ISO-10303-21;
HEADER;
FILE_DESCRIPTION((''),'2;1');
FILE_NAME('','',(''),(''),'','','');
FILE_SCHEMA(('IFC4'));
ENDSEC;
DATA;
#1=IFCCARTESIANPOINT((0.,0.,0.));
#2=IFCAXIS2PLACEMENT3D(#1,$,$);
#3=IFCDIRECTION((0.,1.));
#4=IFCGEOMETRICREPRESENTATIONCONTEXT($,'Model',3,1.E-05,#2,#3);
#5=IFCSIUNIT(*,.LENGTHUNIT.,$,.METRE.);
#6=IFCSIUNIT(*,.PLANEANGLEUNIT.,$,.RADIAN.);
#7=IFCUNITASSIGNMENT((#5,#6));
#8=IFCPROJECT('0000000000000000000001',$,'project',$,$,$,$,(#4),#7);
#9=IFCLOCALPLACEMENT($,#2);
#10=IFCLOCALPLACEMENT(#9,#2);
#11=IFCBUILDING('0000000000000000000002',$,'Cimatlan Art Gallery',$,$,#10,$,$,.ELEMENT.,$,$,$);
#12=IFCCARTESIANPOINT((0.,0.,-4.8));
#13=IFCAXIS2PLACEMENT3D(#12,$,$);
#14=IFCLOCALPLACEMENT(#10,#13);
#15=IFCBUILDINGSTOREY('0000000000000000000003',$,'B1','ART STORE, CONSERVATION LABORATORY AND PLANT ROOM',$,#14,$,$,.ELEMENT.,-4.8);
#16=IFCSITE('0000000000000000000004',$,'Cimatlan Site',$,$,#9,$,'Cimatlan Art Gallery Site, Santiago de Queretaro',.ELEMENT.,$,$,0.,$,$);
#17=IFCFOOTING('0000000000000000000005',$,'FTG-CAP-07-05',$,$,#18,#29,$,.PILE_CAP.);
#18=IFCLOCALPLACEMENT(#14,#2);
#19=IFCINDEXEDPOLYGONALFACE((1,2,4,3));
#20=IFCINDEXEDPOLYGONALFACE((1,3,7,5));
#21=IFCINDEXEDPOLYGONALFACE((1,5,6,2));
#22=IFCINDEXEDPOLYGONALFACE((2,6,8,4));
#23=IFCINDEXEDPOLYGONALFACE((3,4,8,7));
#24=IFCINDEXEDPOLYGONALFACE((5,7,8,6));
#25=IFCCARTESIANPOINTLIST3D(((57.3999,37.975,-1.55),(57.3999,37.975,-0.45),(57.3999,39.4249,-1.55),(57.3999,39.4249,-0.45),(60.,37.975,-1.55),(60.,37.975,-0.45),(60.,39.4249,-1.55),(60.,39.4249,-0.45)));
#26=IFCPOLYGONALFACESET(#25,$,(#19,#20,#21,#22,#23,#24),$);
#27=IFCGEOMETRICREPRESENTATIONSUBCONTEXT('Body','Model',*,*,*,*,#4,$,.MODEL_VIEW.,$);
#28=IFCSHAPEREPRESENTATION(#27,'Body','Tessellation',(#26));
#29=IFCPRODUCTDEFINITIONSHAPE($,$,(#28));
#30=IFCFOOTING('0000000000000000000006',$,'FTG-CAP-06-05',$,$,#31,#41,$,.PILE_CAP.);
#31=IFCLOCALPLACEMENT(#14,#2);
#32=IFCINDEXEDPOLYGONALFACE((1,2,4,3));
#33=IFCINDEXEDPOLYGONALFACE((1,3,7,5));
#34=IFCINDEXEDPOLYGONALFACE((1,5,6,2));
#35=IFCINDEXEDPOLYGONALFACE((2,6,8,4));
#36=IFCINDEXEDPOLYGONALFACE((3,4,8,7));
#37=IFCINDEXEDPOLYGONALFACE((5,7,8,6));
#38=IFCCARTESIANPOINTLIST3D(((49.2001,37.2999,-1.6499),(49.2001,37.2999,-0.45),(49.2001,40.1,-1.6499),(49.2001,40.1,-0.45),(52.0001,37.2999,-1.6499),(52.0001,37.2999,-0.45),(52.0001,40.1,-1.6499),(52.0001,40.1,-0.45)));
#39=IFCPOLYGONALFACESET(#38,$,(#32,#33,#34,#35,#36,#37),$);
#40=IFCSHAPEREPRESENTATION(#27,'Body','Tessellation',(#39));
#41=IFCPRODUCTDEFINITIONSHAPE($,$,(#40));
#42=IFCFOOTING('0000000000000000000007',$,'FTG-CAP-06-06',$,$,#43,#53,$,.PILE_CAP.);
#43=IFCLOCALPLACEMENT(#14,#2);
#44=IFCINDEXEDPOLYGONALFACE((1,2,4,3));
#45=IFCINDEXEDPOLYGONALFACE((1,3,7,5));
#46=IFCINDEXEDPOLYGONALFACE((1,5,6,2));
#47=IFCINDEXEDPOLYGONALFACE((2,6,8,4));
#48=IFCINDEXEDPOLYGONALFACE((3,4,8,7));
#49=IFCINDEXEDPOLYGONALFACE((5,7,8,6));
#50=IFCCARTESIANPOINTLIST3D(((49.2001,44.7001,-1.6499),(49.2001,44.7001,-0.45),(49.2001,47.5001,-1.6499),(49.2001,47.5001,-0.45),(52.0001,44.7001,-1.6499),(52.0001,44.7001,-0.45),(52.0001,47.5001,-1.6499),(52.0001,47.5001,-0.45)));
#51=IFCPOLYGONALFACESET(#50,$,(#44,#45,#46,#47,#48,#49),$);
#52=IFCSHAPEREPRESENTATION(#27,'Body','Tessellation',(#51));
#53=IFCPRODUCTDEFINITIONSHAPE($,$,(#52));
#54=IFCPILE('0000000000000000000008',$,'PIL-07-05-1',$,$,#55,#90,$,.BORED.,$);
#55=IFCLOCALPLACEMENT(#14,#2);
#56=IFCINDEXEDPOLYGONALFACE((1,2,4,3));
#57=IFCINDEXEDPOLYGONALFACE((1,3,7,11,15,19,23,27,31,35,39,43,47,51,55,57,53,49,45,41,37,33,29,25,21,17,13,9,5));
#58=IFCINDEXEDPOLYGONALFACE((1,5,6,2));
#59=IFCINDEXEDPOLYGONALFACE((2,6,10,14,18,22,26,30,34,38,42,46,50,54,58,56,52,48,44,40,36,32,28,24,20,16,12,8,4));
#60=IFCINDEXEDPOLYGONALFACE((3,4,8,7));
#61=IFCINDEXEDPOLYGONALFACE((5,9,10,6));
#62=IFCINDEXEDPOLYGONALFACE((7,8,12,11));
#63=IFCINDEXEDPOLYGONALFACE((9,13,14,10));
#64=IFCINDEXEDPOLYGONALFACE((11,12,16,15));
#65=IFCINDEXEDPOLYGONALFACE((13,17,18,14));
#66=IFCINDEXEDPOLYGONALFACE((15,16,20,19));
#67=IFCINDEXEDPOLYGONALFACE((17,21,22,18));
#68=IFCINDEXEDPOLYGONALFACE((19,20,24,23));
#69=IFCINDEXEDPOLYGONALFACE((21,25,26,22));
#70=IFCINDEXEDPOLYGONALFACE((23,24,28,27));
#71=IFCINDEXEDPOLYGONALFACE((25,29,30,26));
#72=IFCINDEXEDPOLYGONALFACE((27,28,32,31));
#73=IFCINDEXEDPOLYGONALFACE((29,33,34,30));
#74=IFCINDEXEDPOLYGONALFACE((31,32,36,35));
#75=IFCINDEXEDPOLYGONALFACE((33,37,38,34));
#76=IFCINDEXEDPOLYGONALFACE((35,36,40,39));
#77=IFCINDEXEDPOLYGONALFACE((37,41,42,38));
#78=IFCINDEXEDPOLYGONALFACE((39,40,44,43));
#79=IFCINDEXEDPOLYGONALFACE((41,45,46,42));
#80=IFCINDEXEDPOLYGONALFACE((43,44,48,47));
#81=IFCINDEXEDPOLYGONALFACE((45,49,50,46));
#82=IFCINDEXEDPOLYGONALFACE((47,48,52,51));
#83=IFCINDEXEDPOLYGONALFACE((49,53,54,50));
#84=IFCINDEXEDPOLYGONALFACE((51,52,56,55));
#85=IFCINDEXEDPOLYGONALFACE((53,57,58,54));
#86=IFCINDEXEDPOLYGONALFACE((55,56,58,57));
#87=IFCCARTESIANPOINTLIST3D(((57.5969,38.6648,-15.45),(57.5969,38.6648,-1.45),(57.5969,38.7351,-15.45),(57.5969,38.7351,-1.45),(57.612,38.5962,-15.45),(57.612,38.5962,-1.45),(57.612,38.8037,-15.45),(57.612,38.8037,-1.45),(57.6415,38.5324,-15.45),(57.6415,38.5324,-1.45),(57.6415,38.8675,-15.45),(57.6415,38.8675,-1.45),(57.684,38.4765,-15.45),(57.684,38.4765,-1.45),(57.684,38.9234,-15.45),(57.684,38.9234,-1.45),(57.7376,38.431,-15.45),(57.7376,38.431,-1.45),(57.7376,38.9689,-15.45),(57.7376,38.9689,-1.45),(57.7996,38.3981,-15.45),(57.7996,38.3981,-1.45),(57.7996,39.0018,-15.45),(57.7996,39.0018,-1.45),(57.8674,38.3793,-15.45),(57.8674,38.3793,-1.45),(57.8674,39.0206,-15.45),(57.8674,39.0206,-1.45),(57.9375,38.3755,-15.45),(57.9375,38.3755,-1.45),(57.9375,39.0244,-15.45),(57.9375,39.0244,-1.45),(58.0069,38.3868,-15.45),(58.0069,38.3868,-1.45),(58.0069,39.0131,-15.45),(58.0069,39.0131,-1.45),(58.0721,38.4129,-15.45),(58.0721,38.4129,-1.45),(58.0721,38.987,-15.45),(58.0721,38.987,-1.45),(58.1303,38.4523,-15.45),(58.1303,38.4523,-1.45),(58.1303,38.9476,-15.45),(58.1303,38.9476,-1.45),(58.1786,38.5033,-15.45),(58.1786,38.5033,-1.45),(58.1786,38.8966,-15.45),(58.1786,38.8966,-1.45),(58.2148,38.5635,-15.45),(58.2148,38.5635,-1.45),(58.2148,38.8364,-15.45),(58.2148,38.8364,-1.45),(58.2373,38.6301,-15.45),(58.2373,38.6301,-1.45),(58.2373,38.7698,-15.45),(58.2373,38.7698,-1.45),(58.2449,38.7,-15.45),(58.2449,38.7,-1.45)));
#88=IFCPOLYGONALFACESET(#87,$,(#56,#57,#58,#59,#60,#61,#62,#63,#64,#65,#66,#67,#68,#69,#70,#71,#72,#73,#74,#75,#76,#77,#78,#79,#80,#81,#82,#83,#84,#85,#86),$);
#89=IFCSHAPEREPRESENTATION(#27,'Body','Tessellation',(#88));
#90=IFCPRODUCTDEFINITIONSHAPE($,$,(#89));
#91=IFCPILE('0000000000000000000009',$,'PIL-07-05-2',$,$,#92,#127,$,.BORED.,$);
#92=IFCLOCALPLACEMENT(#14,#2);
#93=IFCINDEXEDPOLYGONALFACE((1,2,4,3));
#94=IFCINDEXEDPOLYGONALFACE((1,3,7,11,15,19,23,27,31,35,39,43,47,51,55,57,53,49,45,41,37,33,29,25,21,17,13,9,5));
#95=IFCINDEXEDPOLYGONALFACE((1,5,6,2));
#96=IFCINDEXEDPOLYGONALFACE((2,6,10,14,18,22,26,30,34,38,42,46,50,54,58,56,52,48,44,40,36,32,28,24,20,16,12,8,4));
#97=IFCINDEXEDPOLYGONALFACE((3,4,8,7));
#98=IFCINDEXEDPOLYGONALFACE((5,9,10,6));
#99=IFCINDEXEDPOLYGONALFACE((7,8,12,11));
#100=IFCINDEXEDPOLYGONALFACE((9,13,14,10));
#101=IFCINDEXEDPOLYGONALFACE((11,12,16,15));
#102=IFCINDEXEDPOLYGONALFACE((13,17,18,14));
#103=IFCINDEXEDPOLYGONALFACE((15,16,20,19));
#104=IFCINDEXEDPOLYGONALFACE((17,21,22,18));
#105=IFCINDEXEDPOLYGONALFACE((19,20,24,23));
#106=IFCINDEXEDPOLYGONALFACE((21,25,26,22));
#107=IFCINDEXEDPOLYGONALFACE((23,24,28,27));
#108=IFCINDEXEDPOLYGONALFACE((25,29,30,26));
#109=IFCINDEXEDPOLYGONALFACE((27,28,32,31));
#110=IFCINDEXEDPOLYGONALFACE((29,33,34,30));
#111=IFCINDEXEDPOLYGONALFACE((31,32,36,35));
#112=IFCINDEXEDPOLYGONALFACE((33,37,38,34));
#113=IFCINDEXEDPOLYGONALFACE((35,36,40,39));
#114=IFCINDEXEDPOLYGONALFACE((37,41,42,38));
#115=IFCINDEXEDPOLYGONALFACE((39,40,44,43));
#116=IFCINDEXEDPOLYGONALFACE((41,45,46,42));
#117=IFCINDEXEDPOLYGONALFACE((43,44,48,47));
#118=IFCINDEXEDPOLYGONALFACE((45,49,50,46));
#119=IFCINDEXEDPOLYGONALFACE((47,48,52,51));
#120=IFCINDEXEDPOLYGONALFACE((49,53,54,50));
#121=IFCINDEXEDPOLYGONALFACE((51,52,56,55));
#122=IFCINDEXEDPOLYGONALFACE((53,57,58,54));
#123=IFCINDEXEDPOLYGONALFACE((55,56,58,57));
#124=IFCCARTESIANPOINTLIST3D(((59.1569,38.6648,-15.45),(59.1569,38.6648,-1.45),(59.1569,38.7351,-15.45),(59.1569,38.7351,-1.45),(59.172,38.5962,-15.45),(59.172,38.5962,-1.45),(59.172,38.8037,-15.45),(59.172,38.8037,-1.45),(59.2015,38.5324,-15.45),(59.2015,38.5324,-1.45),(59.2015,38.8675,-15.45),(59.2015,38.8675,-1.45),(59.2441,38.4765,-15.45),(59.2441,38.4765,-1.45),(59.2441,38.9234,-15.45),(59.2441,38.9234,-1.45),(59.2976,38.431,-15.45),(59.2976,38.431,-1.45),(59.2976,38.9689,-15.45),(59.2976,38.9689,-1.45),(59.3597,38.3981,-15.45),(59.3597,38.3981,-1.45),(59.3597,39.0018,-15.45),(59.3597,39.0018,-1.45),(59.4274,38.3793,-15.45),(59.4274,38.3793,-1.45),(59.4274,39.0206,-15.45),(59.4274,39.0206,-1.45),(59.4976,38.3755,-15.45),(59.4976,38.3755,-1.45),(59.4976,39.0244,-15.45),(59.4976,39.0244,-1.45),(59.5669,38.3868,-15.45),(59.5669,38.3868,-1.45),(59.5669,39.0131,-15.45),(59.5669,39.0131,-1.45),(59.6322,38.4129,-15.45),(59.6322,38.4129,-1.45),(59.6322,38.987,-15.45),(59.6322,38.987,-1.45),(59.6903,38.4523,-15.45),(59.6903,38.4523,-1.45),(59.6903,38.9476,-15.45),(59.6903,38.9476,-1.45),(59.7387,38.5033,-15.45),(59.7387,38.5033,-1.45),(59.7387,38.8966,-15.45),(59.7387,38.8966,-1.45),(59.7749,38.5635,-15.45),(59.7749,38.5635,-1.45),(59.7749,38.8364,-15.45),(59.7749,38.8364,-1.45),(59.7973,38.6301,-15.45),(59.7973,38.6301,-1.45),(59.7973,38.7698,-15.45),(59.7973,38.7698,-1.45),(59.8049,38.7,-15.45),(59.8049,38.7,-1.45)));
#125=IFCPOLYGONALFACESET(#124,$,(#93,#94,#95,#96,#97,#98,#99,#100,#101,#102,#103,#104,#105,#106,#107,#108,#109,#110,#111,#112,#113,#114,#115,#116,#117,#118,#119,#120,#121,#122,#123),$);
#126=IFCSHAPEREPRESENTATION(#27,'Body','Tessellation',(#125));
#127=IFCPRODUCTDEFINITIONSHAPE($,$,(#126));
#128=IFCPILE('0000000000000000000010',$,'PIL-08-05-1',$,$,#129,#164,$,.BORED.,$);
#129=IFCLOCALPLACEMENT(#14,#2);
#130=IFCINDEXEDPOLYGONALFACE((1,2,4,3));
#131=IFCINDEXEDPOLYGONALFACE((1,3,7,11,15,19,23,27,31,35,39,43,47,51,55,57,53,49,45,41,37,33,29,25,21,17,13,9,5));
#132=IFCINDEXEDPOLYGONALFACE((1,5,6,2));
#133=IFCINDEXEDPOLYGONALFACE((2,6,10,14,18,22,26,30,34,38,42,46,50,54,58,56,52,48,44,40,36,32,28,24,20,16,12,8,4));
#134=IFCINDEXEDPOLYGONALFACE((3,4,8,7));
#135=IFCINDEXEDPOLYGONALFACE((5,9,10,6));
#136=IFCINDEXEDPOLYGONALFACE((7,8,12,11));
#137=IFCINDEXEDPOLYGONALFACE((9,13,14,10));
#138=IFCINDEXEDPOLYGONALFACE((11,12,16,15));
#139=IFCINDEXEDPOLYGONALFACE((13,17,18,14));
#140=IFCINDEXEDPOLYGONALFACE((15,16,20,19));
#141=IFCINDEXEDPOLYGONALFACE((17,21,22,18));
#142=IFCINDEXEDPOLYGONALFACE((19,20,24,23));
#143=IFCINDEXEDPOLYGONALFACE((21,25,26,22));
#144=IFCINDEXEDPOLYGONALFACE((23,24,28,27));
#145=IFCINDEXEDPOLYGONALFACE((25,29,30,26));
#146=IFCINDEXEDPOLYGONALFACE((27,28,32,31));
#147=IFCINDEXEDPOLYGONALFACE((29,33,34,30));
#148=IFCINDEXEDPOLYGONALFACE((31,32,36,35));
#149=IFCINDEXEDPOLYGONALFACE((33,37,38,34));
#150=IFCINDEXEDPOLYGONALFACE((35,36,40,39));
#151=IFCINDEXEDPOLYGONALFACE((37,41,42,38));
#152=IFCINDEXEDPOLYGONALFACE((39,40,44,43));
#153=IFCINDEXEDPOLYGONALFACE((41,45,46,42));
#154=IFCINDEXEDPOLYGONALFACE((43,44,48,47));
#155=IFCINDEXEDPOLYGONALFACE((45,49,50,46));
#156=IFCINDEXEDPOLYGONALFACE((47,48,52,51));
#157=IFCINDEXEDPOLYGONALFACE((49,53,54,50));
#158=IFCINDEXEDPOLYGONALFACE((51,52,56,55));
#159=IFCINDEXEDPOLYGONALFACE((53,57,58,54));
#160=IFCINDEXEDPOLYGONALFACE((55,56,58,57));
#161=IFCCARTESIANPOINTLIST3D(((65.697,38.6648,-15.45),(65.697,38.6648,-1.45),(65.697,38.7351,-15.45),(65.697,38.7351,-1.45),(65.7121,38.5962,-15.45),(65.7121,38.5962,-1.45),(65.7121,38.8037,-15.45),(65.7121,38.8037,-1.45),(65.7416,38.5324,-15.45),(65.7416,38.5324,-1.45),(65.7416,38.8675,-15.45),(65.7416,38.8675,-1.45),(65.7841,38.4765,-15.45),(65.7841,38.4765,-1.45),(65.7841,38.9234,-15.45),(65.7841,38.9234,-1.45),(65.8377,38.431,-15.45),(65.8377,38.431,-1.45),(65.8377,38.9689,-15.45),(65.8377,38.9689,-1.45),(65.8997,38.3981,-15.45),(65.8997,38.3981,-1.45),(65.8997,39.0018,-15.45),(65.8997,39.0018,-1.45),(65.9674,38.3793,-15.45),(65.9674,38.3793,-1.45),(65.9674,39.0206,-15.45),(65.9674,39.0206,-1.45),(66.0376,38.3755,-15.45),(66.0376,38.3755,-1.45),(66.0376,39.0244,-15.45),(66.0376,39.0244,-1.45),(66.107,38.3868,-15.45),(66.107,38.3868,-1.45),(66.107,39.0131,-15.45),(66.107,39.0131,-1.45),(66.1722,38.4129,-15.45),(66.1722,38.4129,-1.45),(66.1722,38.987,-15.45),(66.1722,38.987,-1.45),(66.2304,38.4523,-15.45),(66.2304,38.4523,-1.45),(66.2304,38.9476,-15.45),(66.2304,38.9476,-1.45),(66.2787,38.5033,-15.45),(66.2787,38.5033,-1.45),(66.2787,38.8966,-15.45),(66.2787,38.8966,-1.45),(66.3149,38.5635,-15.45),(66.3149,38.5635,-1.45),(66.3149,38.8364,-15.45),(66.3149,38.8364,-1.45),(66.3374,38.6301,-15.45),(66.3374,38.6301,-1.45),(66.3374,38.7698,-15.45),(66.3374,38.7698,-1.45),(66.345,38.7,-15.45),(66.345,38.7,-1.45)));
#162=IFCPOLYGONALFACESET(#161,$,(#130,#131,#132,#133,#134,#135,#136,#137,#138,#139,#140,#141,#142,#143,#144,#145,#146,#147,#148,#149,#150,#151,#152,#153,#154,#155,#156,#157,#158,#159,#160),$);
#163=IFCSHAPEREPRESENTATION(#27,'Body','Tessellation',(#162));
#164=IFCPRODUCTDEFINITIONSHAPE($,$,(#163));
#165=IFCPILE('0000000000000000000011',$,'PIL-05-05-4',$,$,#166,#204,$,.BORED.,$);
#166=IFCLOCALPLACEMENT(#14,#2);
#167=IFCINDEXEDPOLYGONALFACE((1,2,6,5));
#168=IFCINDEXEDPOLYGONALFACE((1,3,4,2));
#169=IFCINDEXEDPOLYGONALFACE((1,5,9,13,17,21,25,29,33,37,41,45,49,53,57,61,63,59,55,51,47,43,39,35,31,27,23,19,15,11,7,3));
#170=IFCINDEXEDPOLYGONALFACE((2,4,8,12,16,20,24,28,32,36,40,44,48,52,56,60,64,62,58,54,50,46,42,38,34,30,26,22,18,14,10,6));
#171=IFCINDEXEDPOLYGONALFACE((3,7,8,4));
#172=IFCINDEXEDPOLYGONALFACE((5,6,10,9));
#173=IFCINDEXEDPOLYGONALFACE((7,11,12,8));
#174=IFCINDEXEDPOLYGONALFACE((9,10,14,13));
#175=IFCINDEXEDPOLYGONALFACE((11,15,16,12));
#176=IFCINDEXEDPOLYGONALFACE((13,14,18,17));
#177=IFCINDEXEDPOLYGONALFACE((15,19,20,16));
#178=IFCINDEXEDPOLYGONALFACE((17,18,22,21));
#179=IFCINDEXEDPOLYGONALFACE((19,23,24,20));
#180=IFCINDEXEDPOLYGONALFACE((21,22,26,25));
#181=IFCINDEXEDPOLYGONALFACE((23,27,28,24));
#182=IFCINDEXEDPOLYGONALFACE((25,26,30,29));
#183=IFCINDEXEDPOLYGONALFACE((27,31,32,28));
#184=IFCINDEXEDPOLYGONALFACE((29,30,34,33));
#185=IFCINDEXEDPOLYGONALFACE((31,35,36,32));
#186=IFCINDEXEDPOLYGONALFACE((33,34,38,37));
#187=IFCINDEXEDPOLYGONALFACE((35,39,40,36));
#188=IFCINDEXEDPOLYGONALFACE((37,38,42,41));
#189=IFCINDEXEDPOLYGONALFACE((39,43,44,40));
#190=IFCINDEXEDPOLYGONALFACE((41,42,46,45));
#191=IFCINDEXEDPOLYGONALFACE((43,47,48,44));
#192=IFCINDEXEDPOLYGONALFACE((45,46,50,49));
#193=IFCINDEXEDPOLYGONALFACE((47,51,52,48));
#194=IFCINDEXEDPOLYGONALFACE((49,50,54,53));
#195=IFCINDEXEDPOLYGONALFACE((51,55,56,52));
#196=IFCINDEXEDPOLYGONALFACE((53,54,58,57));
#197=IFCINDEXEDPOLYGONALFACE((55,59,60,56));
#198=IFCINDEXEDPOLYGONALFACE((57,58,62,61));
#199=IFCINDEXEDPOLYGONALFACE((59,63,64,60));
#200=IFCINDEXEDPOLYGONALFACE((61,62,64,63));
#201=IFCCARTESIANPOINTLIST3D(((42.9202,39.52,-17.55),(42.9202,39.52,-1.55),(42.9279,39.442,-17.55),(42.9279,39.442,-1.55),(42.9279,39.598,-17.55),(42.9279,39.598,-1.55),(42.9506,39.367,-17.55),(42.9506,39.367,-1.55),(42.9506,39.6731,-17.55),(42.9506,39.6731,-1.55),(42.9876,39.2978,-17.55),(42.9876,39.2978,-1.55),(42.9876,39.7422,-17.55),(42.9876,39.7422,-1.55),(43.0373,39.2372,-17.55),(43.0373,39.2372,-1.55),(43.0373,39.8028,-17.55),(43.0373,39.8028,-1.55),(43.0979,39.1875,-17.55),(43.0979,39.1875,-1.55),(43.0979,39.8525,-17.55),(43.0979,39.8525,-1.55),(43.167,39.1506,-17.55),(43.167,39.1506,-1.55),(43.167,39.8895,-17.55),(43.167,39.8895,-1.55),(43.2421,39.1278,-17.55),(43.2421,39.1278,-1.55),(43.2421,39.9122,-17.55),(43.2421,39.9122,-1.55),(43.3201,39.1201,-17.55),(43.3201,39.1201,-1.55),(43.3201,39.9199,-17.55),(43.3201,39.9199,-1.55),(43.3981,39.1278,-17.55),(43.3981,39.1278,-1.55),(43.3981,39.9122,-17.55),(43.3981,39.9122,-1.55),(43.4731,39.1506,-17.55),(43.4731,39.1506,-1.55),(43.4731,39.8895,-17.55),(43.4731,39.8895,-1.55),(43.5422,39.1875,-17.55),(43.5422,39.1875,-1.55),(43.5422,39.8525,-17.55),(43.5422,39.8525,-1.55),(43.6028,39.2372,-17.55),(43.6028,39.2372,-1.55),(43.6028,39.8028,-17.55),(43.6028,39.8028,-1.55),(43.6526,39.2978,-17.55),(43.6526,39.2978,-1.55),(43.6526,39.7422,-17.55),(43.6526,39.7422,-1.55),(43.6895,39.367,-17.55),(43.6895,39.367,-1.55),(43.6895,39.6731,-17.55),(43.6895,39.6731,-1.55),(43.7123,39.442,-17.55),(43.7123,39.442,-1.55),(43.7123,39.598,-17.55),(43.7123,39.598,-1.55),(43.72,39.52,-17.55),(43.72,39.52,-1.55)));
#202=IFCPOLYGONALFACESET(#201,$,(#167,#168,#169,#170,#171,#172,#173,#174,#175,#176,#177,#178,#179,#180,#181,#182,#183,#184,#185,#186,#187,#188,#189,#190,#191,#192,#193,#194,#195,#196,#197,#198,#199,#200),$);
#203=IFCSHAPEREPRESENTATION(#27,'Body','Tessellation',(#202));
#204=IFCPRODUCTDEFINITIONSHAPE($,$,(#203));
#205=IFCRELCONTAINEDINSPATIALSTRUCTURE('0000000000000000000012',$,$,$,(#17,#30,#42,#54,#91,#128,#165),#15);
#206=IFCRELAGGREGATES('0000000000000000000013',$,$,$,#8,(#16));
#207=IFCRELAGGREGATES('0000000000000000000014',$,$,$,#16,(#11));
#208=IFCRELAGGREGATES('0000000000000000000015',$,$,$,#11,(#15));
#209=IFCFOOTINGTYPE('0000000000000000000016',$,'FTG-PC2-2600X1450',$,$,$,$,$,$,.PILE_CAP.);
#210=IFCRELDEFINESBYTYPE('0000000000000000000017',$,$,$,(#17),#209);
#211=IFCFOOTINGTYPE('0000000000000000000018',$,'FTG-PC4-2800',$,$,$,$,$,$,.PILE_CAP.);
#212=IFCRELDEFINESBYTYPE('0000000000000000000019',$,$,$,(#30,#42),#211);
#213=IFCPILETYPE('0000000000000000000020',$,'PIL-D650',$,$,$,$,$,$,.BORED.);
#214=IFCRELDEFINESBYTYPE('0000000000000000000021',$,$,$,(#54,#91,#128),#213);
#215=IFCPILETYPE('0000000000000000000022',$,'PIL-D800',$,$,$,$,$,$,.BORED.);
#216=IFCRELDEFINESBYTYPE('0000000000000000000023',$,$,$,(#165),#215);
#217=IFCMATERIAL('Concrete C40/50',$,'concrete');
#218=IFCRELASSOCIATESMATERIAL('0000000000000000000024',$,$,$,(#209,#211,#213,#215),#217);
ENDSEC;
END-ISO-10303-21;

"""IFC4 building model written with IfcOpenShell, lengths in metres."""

from ifc_helpers import new_model, si_unit, direction, frame, origin, origin_2d, place, context, subcontext, project, spatial, rectangle, circle, extrude, material, type_object, element, save


model = new_model("IFC4")

# Units and contexts
model_context = context("Model", 3, precision=1e-05, world=origin(), true_north=direction((0.0, 1.0)))
body_context = subcontext(model_context, "Body", "Model", "MODEL_VIEW")
ifc_project = project(units=[si_unit("LENGTHUNIT", "METRE"), si_unit("PLANEANGLEUNIT", "RADIAN")], contexts=[model_context])

# Site, building, storey
site_placement = place(None, origin())
site = spatial("IfcSite", under=ifc_project, at=site_placement, Name="Cimatlan Site", LongName="Cimatlan Art Gallery Site, Santiago de Queretaro", CompositionType="ELEMENT", RefElevation=0.0)
building_placement = place(site_placement, origin())
building = spatial("IfcBuilding", under=site, at=building_placement, Name="Cimatlan Art Gallery", CompositionType="ELEMENT")
storey_placement = place(building_placement, frame((0.0, 0.0, -4.8)))
storey = spatial("IfcBuildingStorey", under=building, at=storey_placement, Name="B1", Description="ART STORE, CONSERVATION LABORATORY AND PLANT ROOM", CompositionType="ELEMENT", Elevation=-4.8)

# Footings
ifc_material_1 = material(Name="Concrete C40/50", Category="concrete")
footing_type_1 = type_object("IfcFootingType", Name="FTG-PC2-2600X1450", PredefinedType="PILE_CAP", material=ifc_material_1)
footing_placement = place(storey_placement, frame((58.7, 38.7, -1.55), z_axis=(0.0, 0.0, 1.0), x_axis=(1.0, 0.0, 0.0)))
element("IfcFooting", 1, at=footing_placement, inside=storey, type_object=footing_type_1, Name="FTG-CAP-07-05", PredefinedType="PILE_CAP", context=body_context, shape_type="SweptSolid", body=[
    extrude(rectangle(XDim=2.6001, YDim=1.45, at=origin_2d()), origin(), (0.0, 0.0, 1.0), 1.1001),
])
footing_type_2 = type_object("IfcFootingType", Name="FTG-PC4-2800", PredefinedType="PILE_CAP", material=ifc_material_1)
for number, where, z_axis, x_axis, name in (
    (2, (50.6001, 38.7, -1.6499), (0.0, 0.0, 1.0), (1.0, 0.0, 0.0), "FTG-CAP-06-05"),
    (3, (50.6001, 46.1001, -1.6499), (0.0, 0.0, 1.0), (1.0, 0.0, 0.0), "FTG-CAP-06-06"),
):
    element("IfcFooting", number, at=place(storey_placement, frame(where, z_axis=z_axis, x_axis=x_axis)), inside=storey, type_object=footing_type_2, Name=name, PredefinedType="PILE_CAP", context=body_context, shape_type="SweptSolid", body=[
        extrude(rectangle(XDim=2.8, YDim=2.8, at=origin_2d()), origin(), (0.0, 0.0, 1.0), 1.2),
    ])

# Piles
pile_type_1 = type_object("IfcPileType", Name="PIL-D650", PredefinedType="BORED", material=ifc_material_1)
for number, where, z_axis, x_axis, name in (
    (4, (57.9199, 38.7, -1.45), (0.0, 0.0, -1.0), (1.0, 0.0, 0.0), "PIL-07-05-1"),
    (5, (59.48, 38.7, -1.45), (0.0, 0.0, -1.0), (1.0, 0.0, 0.0), "PIL-07-05-2"),
    (6, (66.02, 38.7, -1.45), (0.0, 0.0, -1.0), (1.0, 0.0, 0.0), "PIL-08-05-1"),
):
    element("IfcPile", number, at=place(storey_placement, frame(where, z_axis=z_axis, x_axis=x_axis)), inside=storey, type_object=pile_type_1, Name=name, PredefinedType="BORED", context=body_context, shape_type="SweptSolid", body=[
        extrude(circle(Radius=0.325, at=origin_2d()), origin(), (0.0, 0.0, 1.0), 14.0),
    ])
pile_type_2 = type_object("IfcPileType", Name="PIL-D800", PredefinedType="BORED", material=ifc_material_1)
for number, where, z_axis, x_axis, name in (
    (7, (43.3201, 39.52, -1.55), (0.0, 0.0, -1.0), (1.0, 0.0, 0.0), "PIL-05-05-4"),
):
    element("IfcPile", number, at=place(storey_placement, frame(where, z_axis=z_axis, x_axis=x_axis)), inside=storey, type_object=pile_type_2, Name=name, PredefinedType="BORED", context=body_context, shape_type="SweptSolid", body=[
        extrude(circle(Radius=0.3999, at=origin_2d()), origin(), (0.0, 0.0, 1.0), 16.0),
    ])

save(model, "model.ifc")
